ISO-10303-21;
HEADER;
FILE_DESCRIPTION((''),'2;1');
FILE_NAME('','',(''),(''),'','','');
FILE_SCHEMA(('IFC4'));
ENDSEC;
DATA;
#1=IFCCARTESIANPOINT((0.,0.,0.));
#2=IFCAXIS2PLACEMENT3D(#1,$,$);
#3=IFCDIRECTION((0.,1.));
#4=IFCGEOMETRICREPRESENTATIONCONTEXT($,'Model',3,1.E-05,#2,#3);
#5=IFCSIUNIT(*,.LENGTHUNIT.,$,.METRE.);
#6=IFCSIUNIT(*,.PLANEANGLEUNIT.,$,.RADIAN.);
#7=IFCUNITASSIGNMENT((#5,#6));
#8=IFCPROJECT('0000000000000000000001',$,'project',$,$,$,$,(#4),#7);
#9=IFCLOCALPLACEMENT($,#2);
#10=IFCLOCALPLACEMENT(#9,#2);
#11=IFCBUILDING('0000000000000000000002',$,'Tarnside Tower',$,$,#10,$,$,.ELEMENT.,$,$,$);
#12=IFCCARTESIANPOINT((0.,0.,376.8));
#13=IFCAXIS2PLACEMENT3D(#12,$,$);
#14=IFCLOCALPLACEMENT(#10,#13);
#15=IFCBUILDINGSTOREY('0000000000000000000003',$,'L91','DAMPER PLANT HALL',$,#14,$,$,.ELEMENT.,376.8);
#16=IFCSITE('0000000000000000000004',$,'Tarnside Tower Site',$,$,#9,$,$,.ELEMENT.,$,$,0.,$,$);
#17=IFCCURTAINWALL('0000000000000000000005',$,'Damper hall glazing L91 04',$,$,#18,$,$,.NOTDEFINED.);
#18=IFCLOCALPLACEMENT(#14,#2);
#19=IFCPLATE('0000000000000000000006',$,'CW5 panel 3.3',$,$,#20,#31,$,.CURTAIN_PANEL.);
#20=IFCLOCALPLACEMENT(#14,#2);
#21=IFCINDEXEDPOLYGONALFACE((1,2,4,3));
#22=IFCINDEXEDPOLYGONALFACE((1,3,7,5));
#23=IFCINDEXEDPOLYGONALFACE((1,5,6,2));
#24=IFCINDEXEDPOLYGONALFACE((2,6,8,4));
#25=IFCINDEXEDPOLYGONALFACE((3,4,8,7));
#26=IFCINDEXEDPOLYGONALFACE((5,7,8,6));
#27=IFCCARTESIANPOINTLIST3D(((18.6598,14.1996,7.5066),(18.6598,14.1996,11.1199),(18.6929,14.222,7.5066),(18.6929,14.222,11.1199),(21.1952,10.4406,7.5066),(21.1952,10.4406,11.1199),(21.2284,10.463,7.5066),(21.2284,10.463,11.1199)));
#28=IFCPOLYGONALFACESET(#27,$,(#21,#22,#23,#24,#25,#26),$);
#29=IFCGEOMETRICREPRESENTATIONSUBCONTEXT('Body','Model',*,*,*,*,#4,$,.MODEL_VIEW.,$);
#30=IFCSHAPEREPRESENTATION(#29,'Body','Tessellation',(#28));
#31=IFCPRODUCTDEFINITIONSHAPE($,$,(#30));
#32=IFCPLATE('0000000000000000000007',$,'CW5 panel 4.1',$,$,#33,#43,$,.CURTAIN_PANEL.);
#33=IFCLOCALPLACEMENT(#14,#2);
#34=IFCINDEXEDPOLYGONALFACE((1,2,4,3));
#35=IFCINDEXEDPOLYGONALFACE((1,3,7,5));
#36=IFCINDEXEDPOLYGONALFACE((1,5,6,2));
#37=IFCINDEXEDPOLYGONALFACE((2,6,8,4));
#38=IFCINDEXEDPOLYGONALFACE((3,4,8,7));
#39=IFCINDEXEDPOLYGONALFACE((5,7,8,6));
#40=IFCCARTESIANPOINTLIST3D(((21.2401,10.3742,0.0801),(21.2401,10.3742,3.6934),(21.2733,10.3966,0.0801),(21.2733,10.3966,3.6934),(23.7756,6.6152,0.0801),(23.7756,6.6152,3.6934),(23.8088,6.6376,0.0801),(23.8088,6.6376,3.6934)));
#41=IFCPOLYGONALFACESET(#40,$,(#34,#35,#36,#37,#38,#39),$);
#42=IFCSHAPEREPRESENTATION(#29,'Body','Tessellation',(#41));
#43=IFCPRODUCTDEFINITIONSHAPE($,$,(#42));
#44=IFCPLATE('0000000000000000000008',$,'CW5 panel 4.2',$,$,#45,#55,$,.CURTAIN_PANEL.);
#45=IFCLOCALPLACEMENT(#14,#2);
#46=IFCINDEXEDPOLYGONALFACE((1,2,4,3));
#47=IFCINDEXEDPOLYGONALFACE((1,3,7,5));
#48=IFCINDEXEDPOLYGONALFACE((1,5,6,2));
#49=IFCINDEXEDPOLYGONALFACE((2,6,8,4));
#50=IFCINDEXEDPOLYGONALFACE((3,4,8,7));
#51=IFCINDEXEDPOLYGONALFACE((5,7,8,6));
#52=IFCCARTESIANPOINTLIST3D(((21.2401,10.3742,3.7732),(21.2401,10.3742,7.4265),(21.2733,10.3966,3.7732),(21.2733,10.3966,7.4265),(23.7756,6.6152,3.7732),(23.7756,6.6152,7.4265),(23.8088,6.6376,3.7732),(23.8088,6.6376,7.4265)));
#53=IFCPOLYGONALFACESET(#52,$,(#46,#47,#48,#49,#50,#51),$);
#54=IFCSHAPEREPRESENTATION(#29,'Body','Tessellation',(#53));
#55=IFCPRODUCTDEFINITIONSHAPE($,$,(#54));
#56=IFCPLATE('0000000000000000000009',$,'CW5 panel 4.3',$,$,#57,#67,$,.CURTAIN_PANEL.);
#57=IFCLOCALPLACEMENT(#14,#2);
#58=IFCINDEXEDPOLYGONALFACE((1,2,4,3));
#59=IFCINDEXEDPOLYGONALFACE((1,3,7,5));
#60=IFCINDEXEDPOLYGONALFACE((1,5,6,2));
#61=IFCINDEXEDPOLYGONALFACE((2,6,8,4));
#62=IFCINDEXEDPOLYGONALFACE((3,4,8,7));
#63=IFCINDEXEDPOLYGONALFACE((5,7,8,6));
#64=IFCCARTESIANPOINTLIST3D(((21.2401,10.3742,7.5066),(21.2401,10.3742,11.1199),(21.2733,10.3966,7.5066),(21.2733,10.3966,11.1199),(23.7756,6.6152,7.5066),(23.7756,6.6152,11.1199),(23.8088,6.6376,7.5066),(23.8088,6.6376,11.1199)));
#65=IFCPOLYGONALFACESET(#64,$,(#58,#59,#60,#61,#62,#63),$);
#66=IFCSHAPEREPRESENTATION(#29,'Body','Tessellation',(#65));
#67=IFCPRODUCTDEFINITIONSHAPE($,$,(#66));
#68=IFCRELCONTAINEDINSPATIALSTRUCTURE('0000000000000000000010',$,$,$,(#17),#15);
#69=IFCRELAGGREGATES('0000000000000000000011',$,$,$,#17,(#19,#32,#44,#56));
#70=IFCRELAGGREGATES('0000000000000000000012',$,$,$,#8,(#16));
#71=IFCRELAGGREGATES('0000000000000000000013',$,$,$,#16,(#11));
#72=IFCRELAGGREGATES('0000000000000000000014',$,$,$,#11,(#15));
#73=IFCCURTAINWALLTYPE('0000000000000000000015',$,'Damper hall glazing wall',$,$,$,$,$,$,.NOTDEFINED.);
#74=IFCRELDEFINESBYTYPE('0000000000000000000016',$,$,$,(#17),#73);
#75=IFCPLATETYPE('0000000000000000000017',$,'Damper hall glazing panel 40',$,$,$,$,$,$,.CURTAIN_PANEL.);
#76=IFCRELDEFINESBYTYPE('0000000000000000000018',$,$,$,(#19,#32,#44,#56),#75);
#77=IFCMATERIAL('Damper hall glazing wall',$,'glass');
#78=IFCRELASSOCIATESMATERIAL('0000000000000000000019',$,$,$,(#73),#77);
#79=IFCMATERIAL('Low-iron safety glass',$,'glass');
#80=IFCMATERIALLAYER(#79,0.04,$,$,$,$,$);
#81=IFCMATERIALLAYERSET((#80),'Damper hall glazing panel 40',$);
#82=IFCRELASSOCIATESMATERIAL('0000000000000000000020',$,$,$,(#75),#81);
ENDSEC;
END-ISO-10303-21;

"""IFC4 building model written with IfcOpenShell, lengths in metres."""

from ifc_helpers import new_model, si_unit, direction, frame, origin, origin_2d, place, context, subcontext, project, spatial, rectangle, extrude, material, layer, layer_set, type_object, element, aggregate, save


model = new_model("IFC4")

# Units and contexts
model_context = context("Model", 3, precision=1e-05, world=origin(), true_north=direction((0.0, 1.0)))
body_context = subcontext(model_context, "Body", "Model", "MODEL_VIEW")
ifc_project = project(units=[si_unit("LENGTHUNIT", "METRE"), si_unit("PLANEANGLEUNIT", "RADIAN")], contexts=[model_context])

# Site, building, storey
site_placement = place(None, origin())
site = spatial("IfcSite", under=ifc_project, at=site_placement, Name="Tarnside Tower Site", CompositionType="ELEMENT", RefElevation=0.0)
building_placement = place(site_placement, origin())
building = spatial("IfcBuilding", under=site, at=building_placement, Name="Tarnside Tower", CompositionType="ELEMENT")
storey_placement = place(building_placement, frame((0.0, 0.0, 376.8)))
storey = spatial("IfcBuildingStorey", under=building, at=storey_placement, Name="L91", Description="DAMPER PLANT HALL", CompositionType="ELEMENT", Elevation=376.8)

# Curtain wall
ifc_material_1 = material(Name="Damper hall glazing wall", Category="glass")
curtain_wall_type = type_object("IfcCurtainWallType", Name="Damper hall glazing wall", PredefinedType="NOTDEFINED", material=ifc_material_1)
curtain_wall_placement = place(storey_placement, origin())
curtain_wall = element("IfcCurtainWall", 1, at=curtain_wall_placement, inside=storey, type_object=curtain_wall_type, Name="Damper hall glazing L91 04", PredefinedType="NOTDEFINED")

# Plates
ifc_material_2 = material(Name="Low-iron safety glass", Category="glass")
ifc_layer = layer(ifc_material_2, 0.04)
ifc_layer_set = layer_set([ifc_layer], Name="Damper hall glazing panel 40")
plate_type = type_object("IfcPlateType", Name="Damper hall glazing panel 40", PredefinedType="CURTAIN_PANEL", material=ifc_layer_set)
plate_1_placement = place(storey_placement, frame((19.9441, 12.3313, 7.5066), z_axis=(0.0, 0.0, 1.0), x_axis=(0.559193, -0.829038, 0.0)))
plate_1 = element("IfcPlate", 2, at=plate_1_placement, type_object=plate_type, Name="CW5 panel 3.3", PredefinedType="CURTAIN_PANEL", context=body_context, shape_type="SweptSolid", body=[
    extrude(rectangle(XDim=4.5342, YDim=0.04, at=origin_2d()), origin(), (0.0, 0.0, 1.0), 3.6133),
])
plate_2_placement = place(storey_placement, frame((22.5244, 8.5059, 0.0801), z_axis=(0.0, 0.0, 1.0), x_axis=(0.559193, -0.829038, 0.0)))
plate_2 = element("IfcPlate", 3, at=plate_2_placement, type_object=plate_type, Name="CW5 panel 4.1", PredefinedType="CURTAIN_PANEL", context=body_context, shape_type="SweptSolid", body=[
    extrude(rectangle(XDim=4.5342, YDim=0.04, at=origin_2d()), origin(), (0.0, 0.0, 1.0), 3.6133),
])
plate_3_placement = place(storey_placement, frame((22.5244, 8.5059, 3.7732), z_axis=(0.0, 0.0, 1.0), x_axis=(0.559193, -0.829038, 0.0)))
plate_3 = element("IfcPlate", 4, at=plate_3_placement, type_object=plate_type, Name="CW5 panel 4.2", PredefinedType="CURTAIN_PANEL", context=body_context, shape_type="SweptSolid", body=[
    extrude(rectangle(XDim=4.5342, YDim=0.04, at=origin_2d()), origin(), (0.0, 0.0, 1.0), 3.6533),
])
plate_4_placement = place(storey_placement, frame((22.5244, 8.5059, 7.5066), z_axis=(0.0, 0.0, 1.0), x_axis=(0.559193, -0.829038, 0.0)))
plate_4 = element("IfcPlate", 5, at=plate_4_placement, type_object=plate_type, Name="CW5 panel 4.3", PredefinedType="CURTAIN_PANEL", context=body_context, shape_type="SweptSolid", body=[
    extrude(rectangle(XDim=4.5342, YDim=0.04, at=origin_2d()), origin(), (0.0, 0.0, 1.0), 3.6133),
])
aggregate(curtain_wall, [plate_1, plate_2, plate_3, plate_4])

save(model, "model.ifc")
